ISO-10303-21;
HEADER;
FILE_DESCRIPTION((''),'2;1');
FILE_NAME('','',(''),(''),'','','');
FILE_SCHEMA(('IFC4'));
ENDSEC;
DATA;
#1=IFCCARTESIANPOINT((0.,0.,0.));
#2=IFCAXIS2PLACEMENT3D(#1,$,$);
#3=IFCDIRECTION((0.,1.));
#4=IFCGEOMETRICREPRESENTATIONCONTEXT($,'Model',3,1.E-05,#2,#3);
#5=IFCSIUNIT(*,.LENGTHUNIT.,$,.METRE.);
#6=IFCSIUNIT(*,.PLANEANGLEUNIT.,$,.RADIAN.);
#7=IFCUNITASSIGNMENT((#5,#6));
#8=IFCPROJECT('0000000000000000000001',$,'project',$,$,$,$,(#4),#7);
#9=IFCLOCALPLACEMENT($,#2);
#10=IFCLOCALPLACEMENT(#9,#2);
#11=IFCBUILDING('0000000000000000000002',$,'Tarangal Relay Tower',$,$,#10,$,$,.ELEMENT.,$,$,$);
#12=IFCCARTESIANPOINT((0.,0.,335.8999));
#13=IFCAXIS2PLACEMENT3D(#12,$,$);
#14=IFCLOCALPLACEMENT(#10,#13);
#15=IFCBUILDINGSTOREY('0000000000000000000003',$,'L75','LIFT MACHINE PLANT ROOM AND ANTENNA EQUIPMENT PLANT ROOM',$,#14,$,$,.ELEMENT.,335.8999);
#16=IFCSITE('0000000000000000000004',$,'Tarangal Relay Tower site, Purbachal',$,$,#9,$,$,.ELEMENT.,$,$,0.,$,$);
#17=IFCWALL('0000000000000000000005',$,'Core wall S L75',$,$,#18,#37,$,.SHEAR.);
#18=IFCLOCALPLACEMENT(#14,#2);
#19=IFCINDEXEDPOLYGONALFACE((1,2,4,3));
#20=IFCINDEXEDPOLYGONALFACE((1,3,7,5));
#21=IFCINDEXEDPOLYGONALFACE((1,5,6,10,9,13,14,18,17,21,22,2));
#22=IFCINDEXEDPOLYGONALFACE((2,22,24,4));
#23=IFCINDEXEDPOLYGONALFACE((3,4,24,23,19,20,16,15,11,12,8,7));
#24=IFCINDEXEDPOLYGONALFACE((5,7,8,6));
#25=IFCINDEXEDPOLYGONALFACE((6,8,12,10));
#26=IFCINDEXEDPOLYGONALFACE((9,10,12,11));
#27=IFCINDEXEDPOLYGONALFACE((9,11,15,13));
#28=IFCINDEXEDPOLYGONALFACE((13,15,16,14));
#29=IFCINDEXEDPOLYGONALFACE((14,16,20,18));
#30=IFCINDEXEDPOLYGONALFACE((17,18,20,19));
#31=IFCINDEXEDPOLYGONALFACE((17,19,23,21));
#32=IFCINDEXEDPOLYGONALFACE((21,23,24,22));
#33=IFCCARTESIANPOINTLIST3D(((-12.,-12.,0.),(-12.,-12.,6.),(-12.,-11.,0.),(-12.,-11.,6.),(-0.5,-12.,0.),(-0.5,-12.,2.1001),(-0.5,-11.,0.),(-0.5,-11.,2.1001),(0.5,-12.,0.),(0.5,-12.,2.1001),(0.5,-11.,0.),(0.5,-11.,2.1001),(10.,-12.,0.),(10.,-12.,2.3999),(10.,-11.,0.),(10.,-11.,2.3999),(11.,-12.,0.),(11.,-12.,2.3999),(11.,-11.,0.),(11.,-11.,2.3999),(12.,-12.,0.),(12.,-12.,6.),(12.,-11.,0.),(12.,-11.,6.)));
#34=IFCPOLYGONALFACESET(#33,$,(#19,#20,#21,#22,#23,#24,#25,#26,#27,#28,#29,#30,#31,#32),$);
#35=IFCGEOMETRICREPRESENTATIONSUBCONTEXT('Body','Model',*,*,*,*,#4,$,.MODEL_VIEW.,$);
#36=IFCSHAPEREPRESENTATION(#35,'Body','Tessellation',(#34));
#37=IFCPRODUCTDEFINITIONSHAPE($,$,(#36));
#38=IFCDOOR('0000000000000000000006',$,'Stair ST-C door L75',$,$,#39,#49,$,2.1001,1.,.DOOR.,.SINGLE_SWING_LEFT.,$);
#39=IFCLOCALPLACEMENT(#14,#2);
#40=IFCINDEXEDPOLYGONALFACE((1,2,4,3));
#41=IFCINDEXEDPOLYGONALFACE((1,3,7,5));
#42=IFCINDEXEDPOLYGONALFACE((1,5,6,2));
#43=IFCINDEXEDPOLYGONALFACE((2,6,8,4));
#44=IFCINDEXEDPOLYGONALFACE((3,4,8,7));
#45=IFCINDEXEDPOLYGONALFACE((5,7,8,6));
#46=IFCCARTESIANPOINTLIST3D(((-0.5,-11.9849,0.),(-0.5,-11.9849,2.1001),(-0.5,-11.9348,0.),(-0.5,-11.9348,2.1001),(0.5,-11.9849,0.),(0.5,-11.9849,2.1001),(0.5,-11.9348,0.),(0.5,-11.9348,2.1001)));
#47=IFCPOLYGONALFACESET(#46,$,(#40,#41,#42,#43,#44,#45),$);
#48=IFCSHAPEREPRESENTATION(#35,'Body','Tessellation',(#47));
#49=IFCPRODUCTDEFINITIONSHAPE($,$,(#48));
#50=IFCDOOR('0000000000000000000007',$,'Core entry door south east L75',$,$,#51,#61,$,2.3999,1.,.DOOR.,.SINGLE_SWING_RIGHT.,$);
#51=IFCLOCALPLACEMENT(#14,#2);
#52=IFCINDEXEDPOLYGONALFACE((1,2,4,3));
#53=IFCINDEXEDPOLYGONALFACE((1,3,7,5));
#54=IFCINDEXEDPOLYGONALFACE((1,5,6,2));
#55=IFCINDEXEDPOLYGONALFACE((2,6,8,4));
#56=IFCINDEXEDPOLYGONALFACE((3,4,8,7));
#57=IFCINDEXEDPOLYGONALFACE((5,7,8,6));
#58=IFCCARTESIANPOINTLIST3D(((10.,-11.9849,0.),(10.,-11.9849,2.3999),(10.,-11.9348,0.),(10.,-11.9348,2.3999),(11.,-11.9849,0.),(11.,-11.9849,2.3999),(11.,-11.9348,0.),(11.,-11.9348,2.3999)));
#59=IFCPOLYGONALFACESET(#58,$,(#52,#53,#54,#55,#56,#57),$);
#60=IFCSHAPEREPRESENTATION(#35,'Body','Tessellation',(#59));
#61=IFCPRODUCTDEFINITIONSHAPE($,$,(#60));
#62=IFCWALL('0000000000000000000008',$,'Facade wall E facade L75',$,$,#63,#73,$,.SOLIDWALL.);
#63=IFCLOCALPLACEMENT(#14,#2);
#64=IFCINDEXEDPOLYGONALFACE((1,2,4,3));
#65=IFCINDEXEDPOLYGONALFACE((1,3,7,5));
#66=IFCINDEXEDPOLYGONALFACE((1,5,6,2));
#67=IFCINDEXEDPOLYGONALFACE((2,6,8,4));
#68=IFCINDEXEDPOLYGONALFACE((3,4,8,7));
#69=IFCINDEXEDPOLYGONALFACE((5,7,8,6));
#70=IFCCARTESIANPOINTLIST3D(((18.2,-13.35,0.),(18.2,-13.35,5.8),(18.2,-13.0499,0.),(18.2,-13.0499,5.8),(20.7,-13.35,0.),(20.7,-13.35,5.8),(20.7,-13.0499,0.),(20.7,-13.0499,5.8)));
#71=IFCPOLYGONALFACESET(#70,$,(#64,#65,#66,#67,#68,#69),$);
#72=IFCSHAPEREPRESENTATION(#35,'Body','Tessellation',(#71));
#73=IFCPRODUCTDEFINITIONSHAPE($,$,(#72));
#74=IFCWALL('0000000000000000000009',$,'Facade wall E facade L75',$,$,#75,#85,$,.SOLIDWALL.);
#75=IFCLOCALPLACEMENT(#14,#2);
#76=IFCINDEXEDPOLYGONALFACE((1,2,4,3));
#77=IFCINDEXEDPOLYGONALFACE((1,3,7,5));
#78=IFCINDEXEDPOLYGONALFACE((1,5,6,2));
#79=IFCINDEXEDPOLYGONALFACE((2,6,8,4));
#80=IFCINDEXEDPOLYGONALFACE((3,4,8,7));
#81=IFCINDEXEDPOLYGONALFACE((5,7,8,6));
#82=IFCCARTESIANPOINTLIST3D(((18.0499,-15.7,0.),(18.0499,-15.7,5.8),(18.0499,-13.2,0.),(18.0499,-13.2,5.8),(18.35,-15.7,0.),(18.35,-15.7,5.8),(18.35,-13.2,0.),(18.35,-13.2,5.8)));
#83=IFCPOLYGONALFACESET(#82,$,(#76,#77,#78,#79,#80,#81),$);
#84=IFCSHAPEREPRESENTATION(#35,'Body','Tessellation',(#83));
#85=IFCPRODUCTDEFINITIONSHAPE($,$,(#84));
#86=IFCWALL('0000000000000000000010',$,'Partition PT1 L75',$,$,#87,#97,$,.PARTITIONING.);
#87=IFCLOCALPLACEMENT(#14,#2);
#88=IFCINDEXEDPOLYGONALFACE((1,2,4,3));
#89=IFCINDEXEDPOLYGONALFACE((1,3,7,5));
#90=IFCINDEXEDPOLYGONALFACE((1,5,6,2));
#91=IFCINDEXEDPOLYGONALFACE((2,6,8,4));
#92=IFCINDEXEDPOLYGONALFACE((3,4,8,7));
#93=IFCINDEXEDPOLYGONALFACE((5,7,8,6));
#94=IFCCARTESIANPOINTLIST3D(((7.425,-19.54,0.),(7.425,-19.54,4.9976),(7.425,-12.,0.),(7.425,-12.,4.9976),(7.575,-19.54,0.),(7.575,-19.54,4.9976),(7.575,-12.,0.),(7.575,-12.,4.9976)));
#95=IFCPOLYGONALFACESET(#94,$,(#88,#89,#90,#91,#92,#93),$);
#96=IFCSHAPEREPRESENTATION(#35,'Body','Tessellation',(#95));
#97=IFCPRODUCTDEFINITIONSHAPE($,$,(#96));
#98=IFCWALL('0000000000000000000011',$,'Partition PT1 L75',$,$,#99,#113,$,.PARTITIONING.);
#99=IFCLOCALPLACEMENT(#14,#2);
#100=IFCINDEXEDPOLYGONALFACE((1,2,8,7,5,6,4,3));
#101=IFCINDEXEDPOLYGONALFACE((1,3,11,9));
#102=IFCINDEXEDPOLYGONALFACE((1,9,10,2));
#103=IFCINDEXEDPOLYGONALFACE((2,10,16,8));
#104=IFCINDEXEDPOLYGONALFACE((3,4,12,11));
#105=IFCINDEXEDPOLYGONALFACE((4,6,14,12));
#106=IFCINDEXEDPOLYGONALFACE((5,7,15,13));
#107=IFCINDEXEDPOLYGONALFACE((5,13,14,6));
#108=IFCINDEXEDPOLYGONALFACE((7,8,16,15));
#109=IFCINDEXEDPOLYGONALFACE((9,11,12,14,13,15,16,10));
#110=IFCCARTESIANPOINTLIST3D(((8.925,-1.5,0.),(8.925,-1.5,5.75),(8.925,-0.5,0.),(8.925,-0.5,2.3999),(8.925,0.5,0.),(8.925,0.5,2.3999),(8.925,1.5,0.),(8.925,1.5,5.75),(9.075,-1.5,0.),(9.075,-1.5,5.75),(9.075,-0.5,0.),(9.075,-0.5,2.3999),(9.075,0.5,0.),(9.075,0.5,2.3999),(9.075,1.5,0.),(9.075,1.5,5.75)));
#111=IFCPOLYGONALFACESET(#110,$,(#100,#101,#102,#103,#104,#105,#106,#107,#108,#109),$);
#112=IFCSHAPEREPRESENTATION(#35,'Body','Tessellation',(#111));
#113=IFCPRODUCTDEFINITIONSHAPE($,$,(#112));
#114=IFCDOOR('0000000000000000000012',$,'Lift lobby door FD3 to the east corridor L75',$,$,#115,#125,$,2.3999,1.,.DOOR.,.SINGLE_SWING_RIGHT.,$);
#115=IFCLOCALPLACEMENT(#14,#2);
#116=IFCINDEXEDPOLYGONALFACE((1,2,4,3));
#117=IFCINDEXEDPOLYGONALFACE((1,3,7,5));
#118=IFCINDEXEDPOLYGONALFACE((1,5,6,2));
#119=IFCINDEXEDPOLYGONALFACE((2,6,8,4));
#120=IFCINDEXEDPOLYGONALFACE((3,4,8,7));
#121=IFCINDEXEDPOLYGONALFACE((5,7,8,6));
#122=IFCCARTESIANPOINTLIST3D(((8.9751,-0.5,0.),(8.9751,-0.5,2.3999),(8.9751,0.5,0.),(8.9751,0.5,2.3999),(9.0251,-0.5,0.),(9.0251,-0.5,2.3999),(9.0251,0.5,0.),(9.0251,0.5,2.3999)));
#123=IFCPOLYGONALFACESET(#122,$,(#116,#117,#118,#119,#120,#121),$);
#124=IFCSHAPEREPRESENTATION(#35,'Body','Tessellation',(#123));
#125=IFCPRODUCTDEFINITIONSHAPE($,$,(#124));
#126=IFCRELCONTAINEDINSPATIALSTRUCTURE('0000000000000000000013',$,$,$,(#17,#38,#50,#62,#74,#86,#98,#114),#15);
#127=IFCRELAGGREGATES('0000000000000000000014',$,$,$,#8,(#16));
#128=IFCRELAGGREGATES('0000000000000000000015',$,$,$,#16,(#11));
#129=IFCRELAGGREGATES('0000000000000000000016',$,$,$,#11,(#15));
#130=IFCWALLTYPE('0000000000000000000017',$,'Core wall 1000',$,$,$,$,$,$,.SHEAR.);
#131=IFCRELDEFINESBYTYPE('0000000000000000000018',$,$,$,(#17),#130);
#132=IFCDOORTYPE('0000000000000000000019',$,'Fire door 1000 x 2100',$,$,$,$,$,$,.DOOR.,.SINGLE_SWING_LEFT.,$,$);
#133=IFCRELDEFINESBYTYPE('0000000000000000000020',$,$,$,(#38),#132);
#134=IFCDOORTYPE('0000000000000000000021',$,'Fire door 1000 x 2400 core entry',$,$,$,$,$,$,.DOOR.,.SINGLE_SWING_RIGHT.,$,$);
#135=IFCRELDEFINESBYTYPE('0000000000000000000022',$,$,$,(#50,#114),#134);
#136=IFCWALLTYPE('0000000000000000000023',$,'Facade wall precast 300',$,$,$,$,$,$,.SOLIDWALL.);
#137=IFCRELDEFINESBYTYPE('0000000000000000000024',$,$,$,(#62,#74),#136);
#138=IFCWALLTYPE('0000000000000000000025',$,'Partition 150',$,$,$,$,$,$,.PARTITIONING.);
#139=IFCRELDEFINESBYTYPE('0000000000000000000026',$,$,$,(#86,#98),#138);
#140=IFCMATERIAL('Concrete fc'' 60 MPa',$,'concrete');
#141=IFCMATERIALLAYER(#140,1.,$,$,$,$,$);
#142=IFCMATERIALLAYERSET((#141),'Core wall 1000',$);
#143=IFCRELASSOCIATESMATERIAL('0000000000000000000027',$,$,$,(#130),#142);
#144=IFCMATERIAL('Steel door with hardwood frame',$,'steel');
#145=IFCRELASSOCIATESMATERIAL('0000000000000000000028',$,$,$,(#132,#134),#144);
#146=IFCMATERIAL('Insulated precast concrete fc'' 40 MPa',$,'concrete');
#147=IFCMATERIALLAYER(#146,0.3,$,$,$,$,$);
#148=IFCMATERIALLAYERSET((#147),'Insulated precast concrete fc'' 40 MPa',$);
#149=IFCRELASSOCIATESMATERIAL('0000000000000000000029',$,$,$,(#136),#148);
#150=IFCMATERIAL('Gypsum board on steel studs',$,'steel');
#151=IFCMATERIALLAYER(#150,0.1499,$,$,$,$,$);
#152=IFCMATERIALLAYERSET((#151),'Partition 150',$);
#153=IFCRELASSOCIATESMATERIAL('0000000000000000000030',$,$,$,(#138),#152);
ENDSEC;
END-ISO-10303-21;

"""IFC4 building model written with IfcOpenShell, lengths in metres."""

from ifc_helpers import new_model, si_unit, direction, frame, frame_2d, origin, place, context, subcontext, project, spatial, rectangle, extrude, material, layer, layer_set, type_object, element, fill, save


model = new_model("IFC4")

# Units and contexts
model_context = context("Model", 3, precision=1e-05, world=origin(), true_north=direction((0.0, 1.0)))
body_context = subcontext(model_context, "Body", "Model", "MODEL_VIEW")
ifc_project = project(units=[si_unit("LENGTHUNIT", "METRE"), si_unit("PLANEANGLEUNIT", "RADIAN")], contexts=[model_context])

# Site, building, storey
site_placement = place(None, origin())
site = spatial("IfcSite", under=ifc_project, at=site_placement, Name="Tarangal Relay Tower site, Purbachal", CompositionType="ELEMENT", RefElevation=0.0)
building_placement = place(site_placement, origin())
building = spatial("IfcBuilding", under=site, at=building_placement, Name="Tarangal Relay Tower", CompositionType="ELEMENT")
storey_placement = place(building_placement, frame((0.0, 0.0, 335.8999)))
storey = spatial("IfcBuildingStorey", under=building, at=storey_placement, Name="L75", Description="LIFT MACHINE PLANT ROOM AND ANTENNA EQUIPMENT PLANT ROOM", CompositionType="ELEMENT", Elevation=335.8999)

# Shared definitions
ifc_material_1 = material(Name="Concrete fc' 60 MPa", Category="concrete")

# Wall, openings, doors
ifc_layer_1 = layer(ifc_material_1, 1.0)
ifc_layer_set_1 = layer_set([ifc_layer_1], Name="Core wall 1000")
wall_type_1 = type_object("IfcWallType", Name="Core wall 1000", PredefinedType="SHEAR", material=ifc_layer_set_1)
wall_1_placement = place(storey_placement, frame((12.0, -11.5, 0.0), z_axis=(0.0, 0.0, 1.0), x_axis=(-1.0, 0.0, 0.0)))
wall_1 = element("IfcWall", 1, at=wall_1_placement, inside=storey, type_object=wall_type_1, Name="Core wall S L75", PredefinedType="SHEAR", context=body_context, shape_type="SweptSolid", body=[
    extrude(rectangle(XDim=24.0, YDim=1.0, at=frame_2d((12.0, 0.0))), origin(), (0.0, 0.0, 1.0), 6.0),
])
opening_1_placement = place(wall_1_placement, frame((11.5, 0.0, 0.0)))
opening_1 = element("IfcOpeningElement", 2, at=opening_1_placement, cuts=wall_1, PredefinedType="OPENING", context=body_context, shape_type="SweptSolid", body=[
    extrude(rectangle(XDim=1.0, YDim=2.1001, at=frame_2d((0.5, 1.05))), frame((0.0, 0.51, 0.0), z_axis=(0.0, -1.0, 0.0), x_axis=(1.0, 0.0, 0.0)), (0.0, 0.0, 1.0), 1.02),
])
opening_2_placement = place(wall_1_placement, frame((1.0, 0.0, 0.0)))
opening_2 = element("IfcOpeningElement", 3, at=opening_2_placement, cuts=wall_1, PredefinedType="OPENING", context=body_context, shape_type="SweptSolid", body=[
    extrude(rectangle(XDim=1.0, YDim=2.3999, at=frame_2d((0.5, 1.2))), frame((0.0, 0.51, 0.0), z_axis=(0.0, -1.0, 0.0), x_axis=(1.0, 0.0, 0.0)), (0.0, 0.0, 1.0), 1.02),
])
ifc_material_2 = material(Name="Steel door with hardwood frame", Category="steel")
door_type_1 = type_object("IfcDoorType", Name="Fire door 1000 x 2100", OperationType="SINGLE_SWING_LEFT", PredefinedType="DOOR", material=ifc_material_2)
door_1_placement = place(opening_1_placement, origin())
door_1 = element("IfcDoor", 4, at=door_1_placement, inside=storey, type_object=door_type_1, Name="Stair ST-C door L75", OperationType="SINGLE_SWING_LEFT", OverallHeight=2.1001, OverallWidth=1.0, PredefinedType="DOOR", context=body_context, shape_type="SweptSolid", body=[
    extrude(rectangle(XDim=1.0, YDim=2.1001, at=frame_2d((0.5, 1.05))), frame((0.0, 0.4849, 0.0), z_axis=(0.0, -1.0, 0.0), x_axis=(1.0, 0.0, 0.0)), (0.0, 0.0, 1.0), 0.05),
])
fill(opening_1, door_1)
door_type_2 = type_object("IfcDoorType", Name="Fire door 1000 x 2400 core entry", OperationType="SINGLE_SWING_RIGHT", PredefinedType="DOOR", material=ifc_material_2)
door_2_placement = place(opening_2_placement, origin())
door_2 = element("IfcDoor", 5, at=door_2_placement, inside=storey, type_object=door_type_2, Name="Core entry door south east L75", OperationType="SINGLE_SWING_RIGHT", OverallHeight=2.3999, OverallWidth=1.0, PredefinedType="DOOR", context=body_context, shape_type="SweptSolid", body=[
    extrude(rectangle(XDim=1.0, YDim=2.3999, at=frame_2d((0.5, 1.2))), frame((0.0, 0.4849, 0.0), z_axis=(0.0, -1.0, 0.0), x_axis=(1.0, 0.0, 0.0)), (0.0, 0.0, 1.0), 0.05),
])
fill(opening_2, door_2)

# Walls
ifc_material_3 = material(Name="Insulated precast concrete fc' 40 MPa", Category="concrete")
ifc_layer_2 = layer(ifc_material_3, 0.3)
ifc_layer_set_2 = layer_set([ifc_layer_2], Name="Insulated precast concrete fc' 40 MPa")
wall_type_2 = type_object("IfcWallType", Name="Facade wall precast 300", PredefinedType="SOLIDWALL", material=ifc_layer_set_2)
for number, where, z_axis, x_axis, name in (
    (6, (20.7, -13.2, 0.0), (0.0, 0.0, 1.0), (-1.0, 0.0, 0.0), "Facade wall E facade L75"),
    (7, (18.2, -13.2, 0.0), (0.0, 0.0, 1.0), (0.0, -1.0, 0.0), "Facade wall E facade L75"),
):
    element("IfcWall", number, at=place(storey_placement, frame(where, z_axis=z_axis, x_axis=x_axis)), inside=storey, type_object=wall_type_2, Name=name, PredefinedType="SOLIDWALL", context=body_context, shape_type="SweptSolid", body=[
        extrude(rectangle(XDim=2.5, YDim=0.3, at=frame_2d((1.25, 0.0))), origin(), (0.0, 0.0, 1.0), 5.8),
    ])
ifc_material_4 = material(Name="Gypsum board on steel studs", Category="steel")
ifc_layer_3 = layer(ifc_material_4, 0.1499)
ifc_layer_set_3 = layer_set([ifc_layer_3], Name="Partition 150")
wall_type_3 = type_object("IfcWallType", Name="Partition 150", PredefinedType="PARTITIONING", material=ifc_layer_set_3)
wall_2_placement = place(storey_placement, frame((7.5, -12.0, 0.0), z_axis=(0.0, 0.0, 1.0), x_axis=(0.0, -1.0, 0.0)))
element("IfcWall", 8, at=wall_2_placement, inside=storey, type_object=wall_type_3, Name="Partition PT1 L75", PredefinedType="PARTITIONING", context=body_context, shape_type="SweptSolid", body=[
    extrude(rectangle(XDim=7.54, YDim=0.1499, at=frame_2d((3.77, 0.0))), origin(), (0.0, 0.0, 1.0), 4.9976),
])

# Wall, opening, door
wall_3_placement = place(storey_placement, frame((9.0, -1.5, 0.0), z_axis=(0.0, 0.0, 1.0), x_axis=(0.0, 1.0, 0.0)))
wall_3 = element("IfcWall", 9, at=wall_3_placement, inside=storey, type_object=wall_type_3, Name="Partition PT1 L75", PredefinedType="PARTITIONING", context=body_context, shape_type="SweptSolid", body=[
    extrude(rectangle(XDim=3.0, YDim=0.1499, at=frame_2d((1.5, 0.0))), origin(), (0.0, 0.0, 1.0), 5.75),
])
opening_3_placement = place(wall_3_placement, frame((1.0, 0.0, 0.0)))
opening_3 = element("IfcOpeningElement", 10, at=opening_3_placement, cuts=wall_3, PredefinedType="OPENING", context=body_context, shape_type="SweptSolid", body=[
    extrude(rectangle(XDim=1.0, YDim=2.3999, at=frame_2d((0.5, 1.2))), frame((0.0, 0.085, 0.0), z_axis=(0.0, -1.0, 0.0), x_axis=(1.0, 0.0, 0.0)), (0.0, 0.0, 1.0), 0.1699),
])
door_3_placement = place(opening_3_placement, origin())
door_3 = element("IfcDoor", 11, at=door_3_placement, inside=storey, type_object=door_type_2, Name="Lift lobby door FD3 to the east corridor L75", OperationType="SINGLE_SWING_RIGHT", OverallHeight=2.3999, OverallWidth=1.0, PredefinedType="DOOR", context=body_context, shape_type="SweptSolid", body=[
    extrude(rectangle(XDim=1.0, YDim=2.3999, at=frame_2d((0.5, 1.2))), frame((0.0, 0.0249, 0.0), z_axis=(0.0, -1.0, 0.0), x_axis=(1.0, 0.0, 0.0)), (0.0, 0.0, 1.0), 0.05),
])
fill(opening_3, door_3)

save(model, "model.ifc")
